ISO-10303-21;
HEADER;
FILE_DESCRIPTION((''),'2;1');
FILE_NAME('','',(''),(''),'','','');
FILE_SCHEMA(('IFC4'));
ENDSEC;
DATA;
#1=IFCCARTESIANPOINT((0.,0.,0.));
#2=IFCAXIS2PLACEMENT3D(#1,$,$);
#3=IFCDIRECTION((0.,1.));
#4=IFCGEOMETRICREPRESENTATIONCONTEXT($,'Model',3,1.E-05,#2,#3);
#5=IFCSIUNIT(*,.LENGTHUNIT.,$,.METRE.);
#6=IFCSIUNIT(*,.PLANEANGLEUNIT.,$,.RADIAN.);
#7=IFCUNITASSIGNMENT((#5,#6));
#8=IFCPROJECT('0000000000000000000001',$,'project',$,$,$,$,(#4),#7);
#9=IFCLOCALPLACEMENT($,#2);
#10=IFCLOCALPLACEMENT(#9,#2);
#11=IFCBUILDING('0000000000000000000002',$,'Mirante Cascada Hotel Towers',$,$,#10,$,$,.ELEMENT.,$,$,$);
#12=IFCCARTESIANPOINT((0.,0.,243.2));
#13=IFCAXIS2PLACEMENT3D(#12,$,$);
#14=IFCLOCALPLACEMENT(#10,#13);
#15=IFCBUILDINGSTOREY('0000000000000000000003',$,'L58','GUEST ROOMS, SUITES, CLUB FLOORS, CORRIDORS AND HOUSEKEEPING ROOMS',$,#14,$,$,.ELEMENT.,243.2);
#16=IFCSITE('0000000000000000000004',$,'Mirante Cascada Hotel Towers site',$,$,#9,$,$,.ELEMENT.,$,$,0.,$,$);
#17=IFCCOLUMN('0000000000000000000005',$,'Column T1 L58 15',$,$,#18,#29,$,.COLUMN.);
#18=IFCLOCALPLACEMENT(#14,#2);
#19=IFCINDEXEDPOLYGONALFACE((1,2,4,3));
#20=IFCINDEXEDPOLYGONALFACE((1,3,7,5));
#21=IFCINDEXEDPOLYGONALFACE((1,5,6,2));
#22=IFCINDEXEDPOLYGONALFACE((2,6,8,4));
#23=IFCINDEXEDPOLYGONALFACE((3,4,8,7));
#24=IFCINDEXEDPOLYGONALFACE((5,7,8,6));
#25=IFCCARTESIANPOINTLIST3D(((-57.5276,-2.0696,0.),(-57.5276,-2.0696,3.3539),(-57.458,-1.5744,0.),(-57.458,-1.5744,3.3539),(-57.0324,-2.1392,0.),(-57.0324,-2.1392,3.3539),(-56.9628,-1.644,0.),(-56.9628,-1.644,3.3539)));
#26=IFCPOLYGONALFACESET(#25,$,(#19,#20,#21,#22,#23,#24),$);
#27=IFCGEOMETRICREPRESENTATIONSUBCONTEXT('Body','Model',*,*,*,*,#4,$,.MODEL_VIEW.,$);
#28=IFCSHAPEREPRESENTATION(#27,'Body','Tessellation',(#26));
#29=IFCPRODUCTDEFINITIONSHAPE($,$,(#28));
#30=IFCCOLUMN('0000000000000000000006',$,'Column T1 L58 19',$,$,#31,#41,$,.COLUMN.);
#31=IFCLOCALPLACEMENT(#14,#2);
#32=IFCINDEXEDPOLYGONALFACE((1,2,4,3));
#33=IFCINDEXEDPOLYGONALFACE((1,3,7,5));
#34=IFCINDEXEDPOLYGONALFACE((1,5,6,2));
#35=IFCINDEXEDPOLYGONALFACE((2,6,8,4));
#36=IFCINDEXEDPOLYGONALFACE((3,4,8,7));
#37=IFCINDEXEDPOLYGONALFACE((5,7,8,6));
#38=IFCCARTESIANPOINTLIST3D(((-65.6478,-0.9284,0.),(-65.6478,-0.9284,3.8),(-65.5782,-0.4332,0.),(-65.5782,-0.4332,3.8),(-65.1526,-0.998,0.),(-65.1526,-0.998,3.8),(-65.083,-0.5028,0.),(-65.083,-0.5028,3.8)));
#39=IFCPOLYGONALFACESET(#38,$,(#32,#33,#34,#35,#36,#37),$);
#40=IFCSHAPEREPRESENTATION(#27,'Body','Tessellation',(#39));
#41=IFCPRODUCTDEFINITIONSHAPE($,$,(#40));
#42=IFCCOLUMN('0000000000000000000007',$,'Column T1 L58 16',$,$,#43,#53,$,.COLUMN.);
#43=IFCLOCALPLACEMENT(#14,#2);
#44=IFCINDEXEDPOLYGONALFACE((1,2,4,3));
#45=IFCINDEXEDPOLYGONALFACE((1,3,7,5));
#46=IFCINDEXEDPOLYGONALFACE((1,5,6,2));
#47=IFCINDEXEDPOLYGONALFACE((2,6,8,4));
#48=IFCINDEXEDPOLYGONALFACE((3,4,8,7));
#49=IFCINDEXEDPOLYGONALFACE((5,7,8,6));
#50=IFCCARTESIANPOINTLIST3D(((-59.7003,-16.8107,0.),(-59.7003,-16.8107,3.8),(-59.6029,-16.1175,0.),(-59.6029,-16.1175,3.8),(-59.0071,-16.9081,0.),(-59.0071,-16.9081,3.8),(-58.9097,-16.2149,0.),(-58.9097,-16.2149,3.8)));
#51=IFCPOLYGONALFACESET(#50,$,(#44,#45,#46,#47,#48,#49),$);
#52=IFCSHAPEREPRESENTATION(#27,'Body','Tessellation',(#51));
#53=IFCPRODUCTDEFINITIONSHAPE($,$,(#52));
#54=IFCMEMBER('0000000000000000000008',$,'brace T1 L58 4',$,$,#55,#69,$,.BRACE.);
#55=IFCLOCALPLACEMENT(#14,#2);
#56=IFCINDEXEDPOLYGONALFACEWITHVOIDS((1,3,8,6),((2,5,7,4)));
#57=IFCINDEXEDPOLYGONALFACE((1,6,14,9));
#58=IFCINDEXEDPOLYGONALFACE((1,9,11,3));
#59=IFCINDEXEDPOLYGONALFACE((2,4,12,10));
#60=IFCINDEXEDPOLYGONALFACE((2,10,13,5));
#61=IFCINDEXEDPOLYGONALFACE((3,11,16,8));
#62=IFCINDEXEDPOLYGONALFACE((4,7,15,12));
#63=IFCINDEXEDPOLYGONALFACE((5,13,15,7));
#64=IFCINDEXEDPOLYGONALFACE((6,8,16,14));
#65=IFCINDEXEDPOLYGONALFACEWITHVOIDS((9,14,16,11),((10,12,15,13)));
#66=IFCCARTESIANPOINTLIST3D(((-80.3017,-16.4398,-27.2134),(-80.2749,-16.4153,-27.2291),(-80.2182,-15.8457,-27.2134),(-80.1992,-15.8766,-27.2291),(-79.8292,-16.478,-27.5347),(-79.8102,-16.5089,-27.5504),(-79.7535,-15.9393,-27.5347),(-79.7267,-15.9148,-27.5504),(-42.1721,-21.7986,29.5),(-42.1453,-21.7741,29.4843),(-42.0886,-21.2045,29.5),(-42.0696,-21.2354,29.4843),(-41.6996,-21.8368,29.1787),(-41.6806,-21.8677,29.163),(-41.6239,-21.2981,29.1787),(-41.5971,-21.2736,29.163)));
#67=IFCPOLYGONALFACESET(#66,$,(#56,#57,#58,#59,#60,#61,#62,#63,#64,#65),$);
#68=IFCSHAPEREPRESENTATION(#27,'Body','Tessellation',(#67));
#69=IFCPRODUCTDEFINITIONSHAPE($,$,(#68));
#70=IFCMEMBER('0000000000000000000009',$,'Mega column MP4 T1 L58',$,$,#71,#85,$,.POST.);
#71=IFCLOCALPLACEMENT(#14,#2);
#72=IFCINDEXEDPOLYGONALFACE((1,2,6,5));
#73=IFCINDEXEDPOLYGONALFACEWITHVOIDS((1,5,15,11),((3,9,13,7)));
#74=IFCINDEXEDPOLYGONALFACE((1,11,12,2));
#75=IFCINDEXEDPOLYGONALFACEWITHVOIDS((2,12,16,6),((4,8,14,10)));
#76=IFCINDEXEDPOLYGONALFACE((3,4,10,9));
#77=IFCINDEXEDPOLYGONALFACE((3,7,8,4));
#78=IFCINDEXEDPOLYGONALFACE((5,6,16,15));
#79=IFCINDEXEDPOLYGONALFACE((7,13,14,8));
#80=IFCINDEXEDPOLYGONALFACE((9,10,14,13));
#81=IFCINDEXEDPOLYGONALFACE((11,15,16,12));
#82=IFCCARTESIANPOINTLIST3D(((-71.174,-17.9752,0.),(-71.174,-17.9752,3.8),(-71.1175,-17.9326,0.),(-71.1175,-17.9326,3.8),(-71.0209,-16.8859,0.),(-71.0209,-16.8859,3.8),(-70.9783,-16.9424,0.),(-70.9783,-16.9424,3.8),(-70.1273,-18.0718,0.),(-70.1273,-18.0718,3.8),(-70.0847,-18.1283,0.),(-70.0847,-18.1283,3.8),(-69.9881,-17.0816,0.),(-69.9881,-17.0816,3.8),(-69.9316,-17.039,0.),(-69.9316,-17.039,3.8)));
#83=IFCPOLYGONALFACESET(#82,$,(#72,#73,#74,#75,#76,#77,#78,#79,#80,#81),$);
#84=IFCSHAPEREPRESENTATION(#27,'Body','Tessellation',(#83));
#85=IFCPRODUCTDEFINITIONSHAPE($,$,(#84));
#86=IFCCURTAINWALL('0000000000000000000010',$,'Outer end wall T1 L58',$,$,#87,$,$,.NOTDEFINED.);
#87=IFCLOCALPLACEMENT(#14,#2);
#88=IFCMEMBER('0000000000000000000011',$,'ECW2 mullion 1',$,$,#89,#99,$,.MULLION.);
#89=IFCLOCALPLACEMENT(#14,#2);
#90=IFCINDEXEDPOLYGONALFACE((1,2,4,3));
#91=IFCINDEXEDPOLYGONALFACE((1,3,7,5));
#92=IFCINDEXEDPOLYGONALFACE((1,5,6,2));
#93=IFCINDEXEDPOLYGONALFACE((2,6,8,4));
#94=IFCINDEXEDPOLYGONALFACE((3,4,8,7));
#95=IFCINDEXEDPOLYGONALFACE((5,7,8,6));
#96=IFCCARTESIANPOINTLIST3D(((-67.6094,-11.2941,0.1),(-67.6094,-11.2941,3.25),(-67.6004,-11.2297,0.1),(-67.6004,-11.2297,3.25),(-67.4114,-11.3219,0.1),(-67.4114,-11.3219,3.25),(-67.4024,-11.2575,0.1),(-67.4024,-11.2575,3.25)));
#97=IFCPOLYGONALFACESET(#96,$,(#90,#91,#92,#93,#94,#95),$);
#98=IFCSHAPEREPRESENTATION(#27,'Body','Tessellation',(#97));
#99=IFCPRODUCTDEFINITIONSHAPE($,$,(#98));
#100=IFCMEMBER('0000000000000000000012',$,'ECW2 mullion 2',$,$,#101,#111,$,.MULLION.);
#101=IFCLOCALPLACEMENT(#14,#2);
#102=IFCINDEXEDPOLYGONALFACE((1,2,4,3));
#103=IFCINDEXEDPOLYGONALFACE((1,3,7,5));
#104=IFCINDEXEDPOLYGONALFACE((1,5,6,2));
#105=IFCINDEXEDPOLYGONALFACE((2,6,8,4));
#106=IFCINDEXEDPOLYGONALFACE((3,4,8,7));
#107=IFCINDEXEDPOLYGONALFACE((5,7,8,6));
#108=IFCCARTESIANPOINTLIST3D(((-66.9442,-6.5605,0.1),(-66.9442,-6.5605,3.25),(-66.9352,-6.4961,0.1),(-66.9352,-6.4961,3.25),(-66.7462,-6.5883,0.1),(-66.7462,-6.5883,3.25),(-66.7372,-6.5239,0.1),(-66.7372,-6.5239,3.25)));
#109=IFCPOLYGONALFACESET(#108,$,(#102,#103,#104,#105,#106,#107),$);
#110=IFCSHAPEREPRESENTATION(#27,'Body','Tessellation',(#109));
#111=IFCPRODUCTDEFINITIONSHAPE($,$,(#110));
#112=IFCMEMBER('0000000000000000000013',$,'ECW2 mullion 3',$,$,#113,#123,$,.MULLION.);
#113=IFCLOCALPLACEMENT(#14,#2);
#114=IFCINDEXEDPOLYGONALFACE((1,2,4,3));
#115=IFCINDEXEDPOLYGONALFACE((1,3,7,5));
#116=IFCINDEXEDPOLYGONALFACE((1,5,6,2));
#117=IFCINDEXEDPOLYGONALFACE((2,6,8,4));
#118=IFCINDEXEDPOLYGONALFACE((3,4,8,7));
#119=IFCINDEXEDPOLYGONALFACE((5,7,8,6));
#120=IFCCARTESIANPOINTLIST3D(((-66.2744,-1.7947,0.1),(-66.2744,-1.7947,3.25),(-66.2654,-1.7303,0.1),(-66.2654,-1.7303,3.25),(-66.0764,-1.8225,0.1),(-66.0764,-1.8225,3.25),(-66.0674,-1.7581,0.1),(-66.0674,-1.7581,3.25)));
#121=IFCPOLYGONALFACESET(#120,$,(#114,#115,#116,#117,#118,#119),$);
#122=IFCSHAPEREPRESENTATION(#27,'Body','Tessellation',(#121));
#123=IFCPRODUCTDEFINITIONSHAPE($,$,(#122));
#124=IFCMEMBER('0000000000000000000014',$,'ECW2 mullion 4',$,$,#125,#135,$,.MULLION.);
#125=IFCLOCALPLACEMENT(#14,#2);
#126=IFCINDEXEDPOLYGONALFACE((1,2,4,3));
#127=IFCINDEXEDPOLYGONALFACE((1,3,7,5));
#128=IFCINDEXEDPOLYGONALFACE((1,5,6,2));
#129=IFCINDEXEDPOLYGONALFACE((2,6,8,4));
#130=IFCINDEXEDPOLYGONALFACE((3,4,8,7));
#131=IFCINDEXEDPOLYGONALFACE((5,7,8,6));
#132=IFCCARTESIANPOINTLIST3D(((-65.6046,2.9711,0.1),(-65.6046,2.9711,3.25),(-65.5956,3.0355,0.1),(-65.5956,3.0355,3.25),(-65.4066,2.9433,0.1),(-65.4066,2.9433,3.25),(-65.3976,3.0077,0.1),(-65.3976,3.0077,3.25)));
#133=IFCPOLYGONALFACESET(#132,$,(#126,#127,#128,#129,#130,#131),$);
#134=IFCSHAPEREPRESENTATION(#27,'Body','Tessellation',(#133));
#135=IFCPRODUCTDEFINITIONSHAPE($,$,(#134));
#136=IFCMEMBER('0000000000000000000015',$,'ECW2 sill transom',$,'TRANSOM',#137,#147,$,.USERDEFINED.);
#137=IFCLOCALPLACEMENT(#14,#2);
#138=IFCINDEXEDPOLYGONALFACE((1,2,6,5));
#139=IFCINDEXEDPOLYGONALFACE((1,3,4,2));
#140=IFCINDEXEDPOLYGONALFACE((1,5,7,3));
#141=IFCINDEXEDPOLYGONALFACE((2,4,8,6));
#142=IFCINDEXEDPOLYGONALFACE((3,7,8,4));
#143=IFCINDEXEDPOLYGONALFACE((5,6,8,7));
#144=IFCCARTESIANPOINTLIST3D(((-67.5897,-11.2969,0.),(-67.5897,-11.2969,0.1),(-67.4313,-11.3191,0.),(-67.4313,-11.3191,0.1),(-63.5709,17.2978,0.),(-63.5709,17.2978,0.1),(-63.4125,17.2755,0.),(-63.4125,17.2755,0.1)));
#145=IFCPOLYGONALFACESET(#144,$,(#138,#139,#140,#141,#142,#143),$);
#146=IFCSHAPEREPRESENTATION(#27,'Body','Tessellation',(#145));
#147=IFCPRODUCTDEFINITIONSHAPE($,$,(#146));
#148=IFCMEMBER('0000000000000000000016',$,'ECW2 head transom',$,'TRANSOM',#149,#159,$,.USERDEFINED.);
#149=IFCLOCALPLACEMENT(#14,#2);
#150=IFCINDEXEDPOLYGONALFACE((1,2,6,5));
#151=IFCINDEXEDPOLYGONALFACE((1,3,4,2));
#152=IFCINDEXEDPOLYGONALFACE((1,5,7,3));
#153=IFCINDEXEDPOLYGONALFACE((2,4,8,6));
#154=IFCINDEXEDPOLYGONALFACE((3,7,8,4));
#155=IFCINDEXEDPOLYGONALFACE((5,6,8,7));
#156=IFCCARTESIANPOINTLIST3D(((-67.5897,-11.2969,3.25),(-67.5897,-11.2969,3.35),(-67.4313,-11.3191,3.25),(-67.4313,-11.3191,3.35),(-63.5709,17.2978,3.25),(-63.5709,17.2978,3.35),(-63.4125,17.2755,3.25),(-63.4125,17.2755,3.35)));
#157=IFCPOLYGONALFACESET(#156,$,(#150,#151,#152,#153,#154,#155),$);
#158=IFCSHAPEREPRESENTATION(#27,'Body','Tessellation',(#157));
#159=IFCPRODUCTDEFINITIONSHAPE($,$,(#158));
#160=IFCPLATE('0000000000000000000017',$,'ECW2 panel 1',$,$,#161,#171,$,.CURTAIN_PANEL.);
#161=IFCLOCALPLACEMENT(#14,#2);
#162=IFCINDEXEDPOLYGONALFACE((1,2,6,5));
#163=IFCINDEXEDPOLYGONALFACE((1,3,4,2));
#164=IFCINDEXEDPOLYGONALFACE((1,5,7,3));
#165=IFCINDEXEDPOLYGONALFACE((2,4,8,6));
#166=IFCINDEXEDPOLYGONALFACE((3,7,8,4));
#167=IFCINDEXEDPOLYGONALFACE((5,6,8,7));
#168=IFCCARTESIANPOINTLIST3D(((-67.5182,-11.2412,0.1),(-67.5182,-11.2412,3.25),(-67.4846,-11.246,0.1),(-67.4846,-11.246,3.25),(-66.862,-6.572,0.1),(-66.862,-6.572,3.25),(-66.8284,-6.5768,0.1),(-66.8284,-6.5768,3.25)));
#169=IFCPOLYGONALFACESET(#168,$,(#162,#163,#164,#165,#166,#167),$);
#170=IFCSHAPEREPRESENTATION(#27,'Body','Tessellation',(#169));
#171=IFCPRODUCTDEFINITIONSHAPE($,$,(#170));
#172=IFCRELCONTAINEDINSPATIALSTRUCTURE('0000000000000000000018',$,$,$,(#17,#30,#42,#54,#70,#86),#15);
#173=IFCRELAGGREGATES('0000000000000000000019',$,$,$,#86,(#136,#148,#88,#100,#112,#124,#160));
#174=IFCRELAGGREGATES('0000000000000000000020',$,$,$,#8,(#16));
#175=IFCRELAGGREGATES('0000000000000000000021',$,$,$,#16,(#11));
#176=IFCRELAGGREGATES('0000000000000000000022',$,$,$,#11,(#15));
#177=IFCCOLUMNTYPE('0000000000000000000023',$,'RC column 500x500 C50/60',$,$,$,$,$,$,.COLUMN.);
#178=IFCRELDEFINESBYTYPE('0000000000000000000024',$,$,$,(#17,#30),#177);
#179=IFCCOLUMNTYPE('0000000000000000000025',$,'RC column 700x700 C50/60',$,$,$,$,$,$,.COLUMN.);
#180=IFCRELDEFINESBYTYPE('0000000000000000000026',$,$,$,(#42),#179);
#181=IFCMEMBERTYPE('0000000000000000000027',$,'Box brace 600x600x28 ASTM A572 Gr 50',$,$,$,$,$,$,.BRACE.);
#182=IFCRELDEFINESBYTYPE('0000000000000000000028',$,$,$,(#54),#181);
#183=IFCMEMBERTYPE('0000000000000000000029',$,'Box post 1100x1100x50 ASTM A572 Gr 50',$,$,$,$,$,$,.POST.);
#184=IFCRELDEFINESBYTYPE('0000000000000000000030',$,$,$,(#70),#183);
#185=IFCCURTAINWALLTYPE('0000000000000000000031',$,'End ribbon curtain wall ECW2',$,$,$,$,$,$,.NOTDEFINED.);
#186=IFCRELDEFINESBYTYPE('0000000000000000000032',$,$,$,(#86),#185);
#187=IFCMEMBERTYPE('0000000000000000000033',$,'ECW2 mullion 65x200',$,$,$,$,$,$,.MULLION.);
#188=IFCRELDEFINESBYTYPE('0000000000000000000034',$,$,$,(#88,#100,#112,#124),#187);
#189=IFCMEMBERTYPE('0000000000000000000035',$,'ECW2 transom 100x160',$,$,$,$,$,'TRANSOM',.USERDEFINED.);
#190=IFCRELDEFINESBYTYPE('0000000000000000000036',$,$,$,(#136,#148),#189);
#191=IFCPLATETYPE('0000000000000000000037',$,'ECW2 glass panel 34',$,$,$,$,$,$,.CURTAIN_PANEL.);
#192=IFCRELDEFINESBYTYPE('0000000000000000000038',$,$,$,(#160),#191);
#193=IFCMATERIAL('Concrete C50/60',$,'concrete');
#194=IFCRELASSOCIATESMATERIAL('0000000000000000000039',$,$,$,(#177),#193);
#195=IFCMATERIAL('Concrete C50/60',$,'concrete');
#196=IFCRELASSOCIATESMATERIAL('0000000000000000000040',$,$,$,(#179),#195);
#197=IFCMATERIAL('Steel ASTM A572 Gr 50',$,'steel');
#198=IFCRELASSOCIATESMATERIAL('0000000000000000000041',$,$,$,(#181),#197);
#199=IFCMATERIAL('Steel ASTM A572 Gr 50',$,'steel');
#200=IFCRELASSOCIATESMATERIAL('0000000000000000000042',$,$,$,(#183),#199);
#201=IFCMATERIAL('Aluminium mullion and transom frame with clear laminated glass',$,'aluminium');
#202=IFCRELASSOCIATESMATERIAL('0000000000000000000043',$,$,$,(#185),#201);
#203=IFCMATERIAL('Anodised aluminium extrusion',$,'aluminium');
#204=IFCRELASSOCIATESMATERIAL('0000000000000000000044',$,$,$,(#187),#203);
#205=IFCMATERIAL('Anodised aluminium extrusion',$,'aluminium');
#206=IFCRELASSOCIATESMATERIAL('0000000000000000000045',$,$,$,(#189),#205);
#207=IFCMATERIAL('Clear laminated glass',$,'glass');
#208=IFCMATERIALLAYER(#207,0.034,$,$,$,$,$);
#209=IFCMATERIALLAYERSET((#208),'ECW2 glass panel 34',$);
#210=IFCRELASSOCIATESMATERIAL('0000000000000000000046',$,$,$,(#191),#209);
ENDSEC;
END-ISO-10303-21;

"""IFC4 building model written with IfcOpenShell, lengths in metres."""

from ifc_helpers import new_model, si_unit, direction, frame, origin, origin_2d, place, context, subcontext, project, spatial, rectangle, hollow_rectangle, extrude, material, layer, layer_set, material_profile, profile_set, type_object, element, aggregate, save


model = new_model("IFC4")

# Units and contexts
model_context = context("Model", 3, precision=1e-05, world=origin(), true_north=direction((0.0, 1.0)))
body_context = subcontext(model_context, "Body", "Model", "MODEL_VIEW")
ifc_project = project(units=[si_unit("LENGTHUNIT", "METRE"), si_unit("PLANEANGLEUNIT", "RADIAN")], contexts=[model_context])

# Site, building, storey
site_placement = place(None, origin())
site = spatial("IfcSite", under=ifc_project, at=site_placement, Name="Mirante Cascada Hotel Towers site", CompositionType="ELEMENT", RefElevation=0.0)
building_placement = place(site_placement, origin())
building = spatial("IfcBuilding", under=site, at=building_placement, Name="Mirante Cascada Hotel Towers", CompositionType="ELEMENT")
storey_placement = place(building_placement, frame((0.0, 0.0, 243.2)))
storey = spatial("IfcBuildingStorey", under=building, at=storey_placement, Name="L58", Description="GUEST ROOMS, SUITES, CLUB FLOORS, CORRIDORS AND HOUSEKEEPING ROOMS", CompositionType="ELEMENT", Elevation=243.2)

# Columns
ifc_material_1 = material(Name="Concrete C50/60", Category="concrete")
ifc_material_profile_1 = material_profile(ifc_material_1, rectangle(XDim=0.5, YDim=0.5, at=origin_2d()), Name="RC column 500x500 C50/60")
ifc_profile_set_1 = profile_set([ifc_material_profile_1], Name="Concrete C50/60")
column_type_1 = type_object("IfcColumnType", Name="RC column 500x500 C50/60", PredefinedType="COLUMN", material=ifc_profile_set_1)
column_1_placement = place(storey_placement, frame((-57.2452, -1.8568, 0.0), z_axis=(0.0, 0.0, 1.0), x_axis=(-0.990268, 0.139173, 0.0)))
element("IfcColumn", 1, at=column_1_placement, inside=storey, type_object=column_type_1, Name="Column T1 L58 15", PredefinedType="COLUMN", context=body_context, shape_type="SweptSolid", body=[
    extrude(rectangle(XDim=0.5, YDim=0.5, at=origin_2d()), origin(), (0.0, 0.0, 1.0), 3.3539),
])
column_2_placement = place(storey_placement, frame((-65.3654, -0.7156, 0.0), z_axis=(0.0, 0.0, 1.0), x_axis=(-0.990268, 0.139173, 0.0)))
element("IfcColumn", 2, at=column_2_placement, inside=storey, type_object=column_type_1, Name="Column T1 L58 19", PredefinedType="COLUMN", context=body_context, shape_type="SweptSolid", body=[
    extrude(rectangle(XDim=0.5, YDim=0.5, at=origin_2d()), origin(), (0.0, 0.0, 1.0), 3.8),
])
ifc_material_2 = material(Name="Concrete C50/60", Category="concrete")
ifc_material_profile_2 = material_profile(ifc_material_2, rectangle(XDim=0.7, YDim=0.7, at=origin_2d()), Name="RC column 700x700 C50/60")
ifc_profile_set_2 = profile_set([ifc_material_profile_2], Name="Concrete C50/60")
column_type_2 = type_object("IfcColumnType", Name="RC column 700x700 C50/60", PredefinedType="COLUMN", material=ifc_profile_set_2)
column_3_placement = place(storey_placement, frame((-59.305, -16.5128, 0.0), z_axis=(0.0, 0.0, 1.0), x_axis=(-0.990268, 0.139173, 0.0)))
element("IfcColumn", 3, at=column_3_placement, inside=storey, type_object=column_type_2, Name="Column T1 L58 16", PredefinedType="COLUMN", context=body_context, shape_type="SweptSolid", body=[
    extrude(rectangle(XDim=0.7, YDim=0.7, at=origin_2d()), origin(), (0.0, 0.0, 1.0), 3.8),
])

# Members
ifc_material_3 = material(Name="Steel ASTM A572 Gr 50", Category="steel")
ifc_material_profile_3 = material_profile(ifc_material_3, hollow_rectangle(XDim=0.6, YDim=0.6, WallThickness=0.028, at=origin_2d()), Name="Box brace 600x600x28 ASTM A572 Gr 50")
ifc_profile_set_3 = profile_set([ifc_material_profile_3], Name="Steel ASTM A572 Gr 50")
member_type_1 = type_object("IfcMemberType", Name="Box brace 600x600x28 ASTM A572 Gr 50", PredefinedType="BRACE", material=ifc_profile_set_3)
member_1_placement = place(storey_placement, frame((-80.0142, -16.1773, -27.3819), z_axis=(0.556237, -0.078174, 0.827339), x_axis=(0.139174, 0.990268, 0.0)))
element("IfcMember", 4, at=member_1_placement, inside=storey, type_object=member_type_1, Name="brace T1 L58 4", PredefinedType="BRACE", context=body_context, shape_type="SweptSolid", body=[
    extrude(hollow_rectangle(XDim=0.6, YDim=0.6, WallThickness=0.028, at=origin_2d()), origin(), (0.0, 0.0, 1.0), 68.5492),
])
ifc_material_4 = material(Name="Steel ASTM A572 Gr 50", Category="steel")
ifc_material_profile_4 = material_profile(ifc_material_4, hollow_rectangle(XDim=1.1, YDim=1.1, WallThickness=0.05, at=origin_2d()), Name="Box post 1100x1100x50 ASTM A572 Gr 50")
ifc_profile_set_4 = profile_set([ifc_material_profile_4], Name="Steel ASTM A572 Gr 50")
member_type_2 = type_object("IfcMemberType", Name="Box post 1100x1100x50 ASTM A572 Gr 50", PredefinedType="POST", material=ifc_profile_set_4)
member_2_placement = place(storey_placement, frame((-70.5528, -17.5071, 0.0), z_axis=(0.0, 0.0, 1.0), x_axis=(-0.990268, 0.139173, 0.0)))
element("IfcMember", 5, at=member_2_placement, inside=storey, type_object=member_type_2, Name="Mega column MP4 T1 L58", PredefinedType="POST", context=body_context, shape_type="SweptSolid", body=[
    extrude(hollow_rectangle(XDim=1.1, YDim=1.1, WallThickness=0.05, at=origin_2d()), origin(), (0.0, 0.0, 1.0), 3.8),
])

# Curtain wall, members, plate
ifc_material_5 = material(Name="Aluminium mullion and transom frame with clear laminated glass", Category="aluminium")
curtain_wall_type = type_object("IfcCurtainWallType", Name="End ribbon curtain wall ECW2", PredefinedType="NOTDEFINED", material=ifc_material_5)
curtain_wall_placement = place(storey_placement, origin())
curtain_wall = element("IfcCurtainWall", 6, at=curtain_wall_placement, inside=storey, type_object=curtain_wall_type, Name="Outer end wall T1 L58", PredefinedType="NOTDEFINED")
ifc_material_6 = material(Name="Anodised aluminium extrusion", Category="aluminium")
ifc_material_profile_5 = material_profile(ifc_material_6, rectangle(XDim=0.2, YDim=0.065, at=origin_2d()), Name="ECW2 MULLION 65x200")
ifc_profile_set_5 = profile_set([ifc_material_profile_5], Name="Anodised aluminium extrusion")
member_type_3 = type_object("IfcMemberType", Name="ECW2 mullion 65x200", PredefinedType="MULLION", material=ifc_profile_set_5)
member_3_placement = place(storey_placement, frame((-67.5059, -11.2758, 0.1), z_axis=(0.0, 0.0, 1.0), x_axis=(-0.990268, 0.139173, 0.0)))
member_3 = element("IfcMember", 7, at=member_3_placement, type_object=member_type_3, Name="ECW2 mullion 1", PredefinedType="MULLION", context=body_context, shape_type="SweptSolid", body=[
    extrude(rectangle(XDim=0.2, YDim=0.065, at=origin_2d()), origin(), (0.0, 0.0, 1.0), 3.15),
])
member_4_placement = place(storey_placement, frame((-66.8407, -6.5422, 0.1), z_axis=(0.0, 0.0, 1.0), x_axis=(-0.990268, 0.139173, 0.0)))
member_4 = element("IfcMember", 8, at=member_4_placement, type_object=member_type_3, Name="ECW2 mullion 2", PredefinedType="MULLION", context=body_context, shape_type="SweptSolid", body=[
    extrude(rectangle(XDim=0.2, YDim=0.065, at=origin_2d()), origin(), (0.0, 0.0, 1.0), 3.15),
])
member_5_placement = place(storey_placement, frame((-66.1709, -1.7764, 0.1), z_axis=(0.0, 0.0, 1.0), x_axis=(-0.990268, 0.139173, 0.0)))
member_5 = element("IfcMember", 9, at=member_5_placement, type_object=member_type_3, Name="ECW2 mullion 3", PredefinedType="MULLION", context=body_context, shape_type="SweptSolid", body=[
    extrude(rectangle(XDim=0.2, YDim=0.065, at=origin_2d()), origin(), (0.0, 0.0, 1.0), 3.15),
])
member_6_placement = place(storey_placement, frame((-65.5011, 2.9894, 0.1), z_axis=(0.0, 0.0, 1.0), x_axis=(-0.990268, 0.139173, 0.0)))
member_6 = element("IfcMember", 10, at=member_6_placement, type_object=member_type_3, Name="ECW2 mullion 4", PredefinedType="MULLION", context=body_context, shape_type="SweptSolid", body=[
    extrude(rectangle(XDim=0.2, YDim=0.065, at=origin_2d()), origin(), (0.0, 0.0, 1.0), 3.15),
])
ifc_material_7 = material(Name="Anodised aluminium extrusion", Category="aluminium")
ifc_material_profile_6 = material_profile(ifc_material_7, rectangle(XDim=0.16, YDim=0.1, at=origin_2d()), Name="ECW2 TRANSOM 100x160")
ifc_profile_set_6 = profile_set([ifc_material_profile_6], Name="Anodised aluminium extrusion")
member_type_4 = type_object("IfcMemberType", Name="ECW2 transom 100x160", ElementType="TRANSOM", PredefinedType="USERDEFINED", material=ifc_profile_set_6)
member_7_placement = place(storey_placement, frame((-67.5105, -11.308, 0.05), z_axis=(0.139176, 0.990268, 0.0), x_axis=(-0.990268, 0.139176, 0.0)))
member_7 = element("IfcMember", 11, at=member_7_placement, type_object=member_type_4, Name="ECW2 sill transom", ObjectType="TRANSOM", PredefinedType="USERDEFINED", context=body_context, shape_type="SweptSolid", body=[
    extrude(rectangle(XDim=0.16, YDim=0.1, at=origin_2d()), origin(), (0.0, 0.0, 1.0), 28.8757),
])
member_8_placement = place(storey_placement, frame((-67.5105, -11.308, 3.3), z_axis=(0.139176, 0.990268, 0.0), x_axis=(-0.990268, 0.139176, 0.0)))
member_8 = element("IfcMember", 12, at=member_8_placement, type_object=member_type_4, Name="ECW2 head transom", ObjectType="TRANSOM", PredefinedType="USERDEFINED", context=body_context, shape_type="SweptSolid", body=[
    extrude(rectangle(XDim=0.16, YDim=0.1, at=origin_2d()), origin(), (0.0, 0.0, 1.0), 28.8757),
])
ifc_material_8 = material(Name="Clear laminated glass", Category="glass")
ifc_layer_1 = layer(ifc_material_8, 0.034)
ifc_layer_set_1 = layer_set([ifc_layer_1], Name="ECW2 glass panel 34")
plate_type_1 = type_object("IfcPlateType", Name="ECW2 glass panel 34", PredefinedType="CURTAIN_PANEL", material=ifc_layer_set_1)
plate_1_placement = place(storey_placement, frame((-67.1733, -8.909, 0.1), z_axis=(0.0, 0.0, 1.0), x_axis=(0.139173, 0.990268, 0.0)))
plate_1 = element("IfcPlate", 13, at=plate_1_placement, type_object=plate_type_1, Name="ECW2 panel 1", PredefinedType="CURTAIN_PANEL", context=body_context, shape_type="SweptSolid", body=[
    extrude(rectangle(XDim=4.7151, YDim=0.034, at=origin_2d()), origin(), (0.0, 0.0, 1.0), 3.15),
])
aggregate(curtain_wall, [member_7, member_8, member_3, member_4, member_5, member_6, plate_1])

save(model, "model.ifc")
